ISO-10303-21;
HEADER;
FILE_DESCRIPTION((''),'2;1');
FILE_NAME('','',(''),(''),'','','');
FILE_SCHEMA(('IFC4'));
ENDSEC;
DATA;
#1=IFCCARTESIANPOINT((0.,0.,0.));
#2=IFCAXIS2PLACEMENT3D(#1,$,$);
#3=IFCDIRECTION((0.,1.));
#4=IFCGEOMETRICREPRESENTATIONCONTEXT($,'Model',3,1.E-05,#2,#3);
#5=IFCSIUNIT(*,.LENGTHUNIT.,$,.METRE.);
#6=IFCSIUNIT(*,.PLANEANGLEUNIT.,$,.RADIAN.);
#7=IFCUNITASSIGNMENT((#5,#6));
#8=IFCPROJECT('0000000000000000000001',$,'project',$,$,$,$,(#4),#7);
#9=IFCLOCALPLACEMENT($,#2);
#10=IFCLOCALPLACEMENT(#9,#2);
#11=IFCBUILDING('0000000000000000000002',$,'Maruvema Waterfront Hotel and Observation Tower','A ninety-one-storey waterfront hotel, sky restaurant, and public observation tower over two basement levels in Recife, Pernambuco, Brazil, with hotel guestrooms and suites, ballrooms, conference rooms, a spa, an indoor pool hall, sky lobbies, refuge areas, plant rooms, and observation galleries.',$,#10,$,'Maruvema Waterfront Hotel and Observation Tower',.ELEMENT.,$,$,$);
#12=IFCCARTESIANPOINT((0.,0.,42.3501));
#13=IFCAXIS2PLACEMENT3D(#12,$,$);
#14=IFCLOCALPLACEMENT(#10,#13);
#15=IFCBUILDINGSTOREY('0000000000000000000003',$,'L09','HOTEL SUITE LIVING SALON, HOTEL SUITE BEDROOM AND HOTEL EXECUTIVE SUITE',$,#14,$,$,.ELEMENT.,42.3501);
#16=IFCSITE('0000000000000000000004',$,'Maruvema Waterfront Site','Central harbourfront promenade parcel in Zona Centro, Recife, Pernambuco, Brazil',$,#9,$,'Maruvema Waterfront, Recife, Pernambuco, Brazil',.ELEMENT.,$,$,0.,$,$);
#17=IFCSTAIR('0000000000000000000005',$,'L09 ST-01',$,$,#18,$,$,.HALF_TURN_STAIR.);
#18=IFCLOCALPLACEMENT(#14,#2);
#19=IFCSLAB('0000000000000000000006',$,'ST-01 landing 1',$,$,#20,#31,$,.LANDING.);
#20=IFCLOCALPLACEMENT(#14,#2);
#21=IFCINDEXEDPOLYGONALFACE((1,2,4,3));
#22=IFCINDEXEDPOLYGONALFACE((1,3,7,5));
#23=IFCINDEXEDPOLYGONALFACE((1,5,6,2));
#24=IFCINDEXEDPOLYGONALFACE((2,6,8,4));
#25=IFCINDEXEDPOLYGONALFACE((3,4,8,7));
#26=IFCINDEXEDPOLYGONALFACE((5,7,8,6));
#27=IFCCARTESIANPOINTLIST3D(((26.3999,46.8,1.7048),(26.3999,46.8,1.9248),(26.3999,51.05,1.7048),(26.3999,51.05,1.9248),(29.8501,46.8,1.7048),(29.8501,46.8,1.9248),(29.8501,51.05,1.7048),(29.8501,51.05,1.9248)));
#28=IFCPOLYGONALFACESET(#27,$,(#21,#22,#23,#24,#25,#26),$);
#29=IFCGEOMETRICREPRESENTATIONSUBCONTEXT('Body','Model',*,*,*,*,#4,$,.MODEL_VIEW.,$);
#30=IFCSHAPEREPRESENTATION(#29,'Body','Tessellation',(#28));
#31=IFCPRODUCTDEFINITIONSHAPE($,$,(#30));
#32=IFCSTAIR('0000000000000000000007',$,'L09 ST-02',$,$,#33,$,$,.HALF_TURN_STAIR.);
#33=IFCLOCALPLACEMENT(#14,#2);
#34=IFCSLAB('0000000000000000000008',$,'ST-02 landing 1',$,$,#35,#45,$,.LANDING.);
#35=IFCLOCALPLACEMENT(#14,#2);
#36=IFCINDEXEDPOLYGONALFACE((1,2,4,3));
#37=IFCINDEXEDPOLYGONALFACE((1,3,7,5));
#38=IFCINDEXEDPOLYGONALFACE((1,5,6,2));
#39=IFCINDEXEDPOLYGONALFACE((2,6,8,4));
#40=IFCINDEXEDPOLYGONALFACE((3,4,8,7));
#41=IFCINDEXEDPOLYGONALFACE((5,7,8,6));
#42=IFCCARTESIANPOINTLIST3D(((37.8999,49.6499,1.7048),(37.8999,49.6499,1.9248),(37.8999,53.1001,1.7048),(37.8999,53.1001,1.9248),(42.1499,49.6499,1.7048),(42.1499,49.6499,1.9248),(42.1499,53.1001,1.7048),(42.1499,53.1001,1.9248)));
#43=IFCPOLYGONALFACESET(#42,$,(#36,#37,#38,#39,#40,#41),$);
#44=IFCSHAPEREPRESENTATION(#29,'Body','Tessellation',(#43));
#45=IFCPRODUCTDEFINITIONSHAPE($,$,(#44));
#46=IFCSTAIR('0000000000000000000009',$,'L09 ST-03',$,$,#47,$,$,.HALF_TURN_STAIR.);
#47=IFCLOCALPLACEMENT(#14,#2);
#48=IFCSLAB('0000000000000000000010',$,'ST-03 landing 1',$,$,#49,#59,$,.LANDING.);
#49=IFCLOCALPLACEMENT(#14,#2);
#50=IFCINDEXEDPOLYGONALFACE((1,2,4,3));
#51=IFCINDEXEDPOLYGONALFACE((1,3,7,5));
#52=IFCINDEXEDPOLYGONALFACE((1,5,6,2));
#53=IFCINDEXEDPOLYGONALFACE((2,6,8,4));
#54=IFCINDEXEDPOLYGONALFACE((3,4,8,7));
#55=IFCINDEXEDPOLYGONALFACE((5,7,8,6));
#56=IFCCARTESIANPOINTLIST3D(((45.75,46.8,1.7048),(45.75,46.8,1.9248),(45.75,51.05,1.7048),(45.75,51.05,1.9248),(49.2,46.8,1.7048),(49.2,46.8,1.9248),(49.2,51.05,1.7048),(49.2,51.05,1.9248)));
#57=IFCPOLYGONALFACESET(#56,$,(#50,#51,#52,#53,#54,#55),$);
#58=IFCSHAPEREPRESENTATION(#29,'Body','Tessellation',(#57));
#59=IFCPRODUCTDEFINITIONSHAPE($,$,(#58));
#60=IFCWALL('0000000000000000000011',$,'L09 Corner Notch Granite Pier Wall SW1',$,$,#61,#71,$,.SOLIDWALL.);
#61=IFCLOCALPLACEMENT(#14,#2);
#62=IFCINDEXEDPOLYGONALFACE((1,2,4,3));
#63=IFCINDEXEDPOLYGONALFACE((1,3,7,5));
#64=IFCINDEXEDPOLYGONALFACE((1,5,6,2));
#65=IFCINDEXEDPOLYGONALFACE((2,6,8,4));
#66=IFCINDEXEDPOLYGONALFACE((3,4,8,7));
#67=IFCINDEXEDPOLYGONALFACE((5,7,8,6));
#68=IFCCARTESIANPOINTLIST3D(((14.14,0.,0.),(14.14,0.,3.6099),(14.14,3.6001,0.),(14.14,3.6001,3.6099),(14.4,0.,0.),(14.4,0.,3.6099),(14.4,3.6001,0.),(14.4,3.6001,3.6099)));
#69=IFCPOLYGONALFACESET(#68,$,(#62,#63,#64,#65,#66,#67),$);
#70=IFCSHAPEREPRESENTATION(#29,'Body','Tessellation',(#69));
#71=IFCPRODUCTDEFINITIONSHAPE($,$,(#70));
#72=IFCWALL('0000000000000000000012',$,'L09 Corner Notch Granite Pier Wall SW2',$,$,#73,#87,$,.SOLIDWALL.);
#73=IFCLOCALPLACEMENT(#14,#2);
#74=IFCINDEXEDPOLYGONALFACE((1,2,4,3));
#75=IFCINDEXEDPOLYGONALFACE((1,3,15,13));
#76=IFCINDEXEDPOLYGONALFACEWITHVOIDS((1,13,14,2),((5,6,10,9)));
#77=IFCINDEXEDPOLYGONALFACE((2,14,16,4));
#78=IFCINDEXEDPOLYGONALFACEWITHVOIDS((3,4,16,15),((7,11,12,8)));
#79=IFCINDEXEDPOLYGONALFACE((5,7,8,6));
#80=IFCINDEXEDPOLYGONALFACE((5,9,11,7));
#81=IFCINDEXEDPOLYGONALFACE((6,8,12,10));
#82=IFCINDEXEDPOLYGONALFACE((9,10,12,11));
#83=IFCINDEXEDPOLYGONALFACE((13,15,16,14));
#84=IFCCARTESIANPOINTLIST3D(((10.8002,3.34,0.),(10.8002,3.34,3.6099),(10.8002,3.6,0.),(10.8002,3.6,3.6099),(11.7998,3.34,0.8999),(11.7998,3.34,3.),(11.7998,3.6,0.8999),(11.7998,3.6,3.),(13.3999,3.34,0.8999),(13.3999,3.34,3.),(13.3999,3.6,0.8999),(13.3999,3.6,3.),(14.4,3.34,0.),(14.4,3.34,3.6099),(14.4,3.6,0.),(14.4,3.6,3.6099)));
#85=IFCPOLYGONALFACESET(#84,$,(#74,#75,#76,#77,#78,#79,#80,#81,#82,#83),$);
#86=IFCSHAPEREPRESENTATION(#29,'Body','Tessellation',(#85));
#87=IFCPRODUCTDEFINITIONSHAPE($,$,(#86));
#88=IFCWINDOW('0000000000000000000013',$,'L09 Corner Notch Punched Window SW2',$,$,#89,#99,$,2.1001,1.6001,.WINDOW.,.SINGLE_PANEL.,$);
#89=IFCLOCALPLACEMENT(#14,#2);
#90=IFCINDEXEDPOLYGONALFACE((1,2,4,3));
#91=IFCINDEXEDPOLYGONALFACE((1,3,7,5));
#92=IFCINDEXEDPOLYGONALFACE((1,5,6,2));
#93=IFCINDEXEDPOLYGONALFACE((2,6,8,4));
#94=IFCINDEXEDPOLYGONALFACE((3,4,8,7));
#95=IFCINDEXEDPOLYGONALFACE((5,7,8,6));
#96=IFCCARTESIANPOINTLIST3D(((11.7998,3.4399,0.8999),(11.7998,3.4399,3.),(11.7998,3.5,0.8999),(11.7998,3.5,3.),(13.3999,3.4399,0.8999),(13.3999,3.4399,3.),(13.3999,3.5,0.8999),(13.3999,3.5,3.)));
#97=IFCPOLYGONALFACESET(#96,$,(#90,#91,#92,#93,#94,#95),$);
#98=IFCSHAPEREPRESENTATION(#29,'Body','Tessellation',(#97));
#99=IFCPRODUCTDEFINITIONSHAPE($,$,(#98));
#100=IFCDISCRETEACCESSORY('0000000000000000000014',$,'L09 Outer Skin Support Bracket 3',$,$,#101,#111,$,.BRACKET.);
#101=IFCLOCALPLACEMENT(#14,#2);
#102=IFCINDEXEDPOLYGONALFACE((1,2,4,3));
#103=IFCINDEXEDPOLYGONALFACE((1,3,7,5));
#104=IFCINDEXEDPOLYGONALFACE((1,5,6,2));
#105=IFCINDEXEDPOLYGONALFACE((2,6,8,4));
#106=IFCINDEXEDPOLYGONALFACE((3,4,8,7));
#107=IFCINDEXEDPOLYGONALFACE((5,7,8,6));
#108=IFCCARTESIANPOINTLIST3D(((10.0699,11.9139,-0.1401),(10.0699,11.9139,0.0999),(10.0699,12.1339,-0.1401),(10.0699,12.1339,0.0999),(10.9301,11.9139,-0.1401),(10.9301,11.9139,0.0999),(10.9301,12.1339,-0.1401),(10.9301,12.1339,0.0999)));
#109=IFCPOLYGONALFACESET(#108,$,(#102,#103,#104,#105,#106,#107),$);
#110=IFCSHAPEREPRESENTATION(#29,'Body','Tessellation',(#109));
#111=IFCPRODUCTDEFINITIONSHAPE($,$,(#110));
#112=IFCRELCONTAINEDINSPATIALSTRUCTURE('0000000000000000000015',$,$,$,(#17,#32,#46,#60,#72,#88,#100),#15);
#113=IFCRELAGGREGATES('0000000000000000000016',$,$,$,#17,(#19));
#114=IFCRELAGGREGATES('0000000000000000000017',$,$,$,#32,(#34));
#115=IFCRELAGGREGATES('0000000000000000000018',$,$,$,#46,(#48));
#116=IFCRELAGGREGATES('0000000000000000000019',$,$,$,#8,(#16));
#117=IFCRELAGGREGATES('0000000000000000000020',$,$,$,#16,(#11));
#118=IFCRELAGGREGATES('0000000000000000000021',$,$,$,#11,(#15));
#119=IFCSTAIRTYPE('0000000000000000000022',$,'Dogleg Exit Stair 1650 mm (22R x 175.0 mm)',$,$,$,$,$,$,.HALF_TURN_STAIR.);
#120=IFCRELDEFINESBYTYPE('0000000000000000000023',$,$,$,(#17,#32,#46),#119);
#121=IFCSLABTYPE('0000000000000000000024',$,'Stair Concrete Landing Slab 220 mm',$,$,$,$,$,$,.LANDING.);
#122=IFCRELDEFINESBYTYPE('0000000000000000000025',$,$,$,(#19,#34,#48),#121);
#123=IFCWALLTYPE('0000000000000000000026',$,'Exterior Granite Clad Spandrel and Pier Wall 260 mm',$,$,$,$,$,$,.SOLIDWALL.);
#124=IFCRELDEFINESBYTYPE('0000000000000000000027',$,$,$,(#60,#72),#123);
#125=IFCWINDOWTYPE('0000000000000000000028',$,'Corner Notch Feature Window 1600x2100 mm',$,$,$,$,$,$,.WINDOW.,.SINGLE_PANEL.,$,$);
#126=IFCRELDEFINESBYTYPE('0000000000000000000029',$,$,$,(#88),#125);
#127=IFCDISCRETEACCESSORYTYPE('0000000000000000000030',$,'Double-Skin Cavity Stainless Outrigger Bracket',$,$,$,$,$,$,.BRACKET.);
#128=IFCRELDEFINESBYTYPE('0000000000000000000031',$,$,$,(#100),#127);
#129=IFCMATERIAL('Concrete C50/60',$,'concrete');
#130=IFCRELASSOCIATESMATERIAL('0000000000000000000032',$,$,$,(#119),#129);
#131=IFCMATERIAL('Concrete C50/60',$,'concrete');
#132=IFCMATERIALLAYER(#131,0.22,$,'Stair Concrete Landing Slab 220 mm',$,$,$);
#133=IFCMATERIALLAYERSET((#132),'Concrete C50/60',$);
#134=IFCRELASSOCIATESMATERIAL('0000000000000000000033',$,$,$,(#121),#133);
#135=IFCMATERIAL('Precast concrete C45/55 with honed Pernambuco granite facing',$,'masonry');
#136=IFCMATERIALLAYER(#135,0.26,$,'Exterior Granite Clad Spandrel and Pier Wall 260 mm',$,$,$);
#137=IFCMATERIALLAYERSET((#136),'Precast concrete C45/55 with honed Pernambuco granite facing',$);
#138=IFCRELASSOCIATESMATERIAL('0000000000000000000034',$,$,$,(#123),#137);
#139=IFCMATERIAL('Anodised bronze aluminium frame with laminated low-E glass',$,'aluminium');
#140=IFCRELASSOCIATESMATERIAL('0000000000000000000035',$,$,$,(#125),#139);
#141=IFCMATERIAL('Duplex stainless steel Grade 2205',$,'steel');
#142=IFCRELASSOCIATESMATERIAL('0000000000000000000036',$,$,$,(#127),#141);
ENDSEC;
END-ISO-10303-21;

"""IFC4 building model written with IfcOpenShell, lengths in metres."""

from ifc_helpers import new_model, si_unit, direction, frame, frame_2d, origin, origin_2d, place, context, subcontext, project, spatial, polyline, rectangle, outline, extrude, material, layer, layer_set, type_object, element, fill, aggregate, save


model = new_model("IFC4")

# Units and contexts
model_context = context("Model", 3, precision=1e-05, world=origin(), true_north=direction((0.0, 1.0)))
body_context = subcontext(model_context, "Body", "Model", "MODEL_VIEW")
ifc_project = project(units=[si_unit("LENGTHUNIT", "METRE"), si_unit("PLANEANGLEUNIT", "RADIAN")], contexts=[model_context])

# Site, building, storey
site_placement = place(None, origin())
site = spatial("IfcSite", under=ifc_project, at=site_placement, Name="Maruvema Waterfront Site", Description="Central harbourfront promenade parcel in Zona Centro, Recife, Pernambuco, Brazil", LongName="Maruvema Waterfront, Recife, Pernambuco, Brazil", CompositionType="ELEMENT", RefElevation=0.0)
building_placement = place(site_placement, origin())
building = spatial("IfcBuilding", under=site, at=building_placement, Name="Maruvema Waterfront Hotel and Observation Tower", Description="A ninety-one-storey waterfront hotel, sky restaurant, and public observation tower over two basement levels in Recife, Pernambuco, Brazil, with hotel guestrooms and suites, ballrooms, conference rooms, a spa, an indoor pool hall, sky lobbies, refuge areas, plant rooms, and observation galleries.", LongName="Maruvema Waterfront Hotel and Observation Tower", CompositionType="ELEMENT")
storey_placement = place(building_placement, frame((0.0, 0.0, 42.3501)))
storey = spatial("IfcBuildingStorey", under=building, at=storey_placement, Name="L09", Description="HOTEL SUITE LIVING SALON, HOTEL SUITE BEDROOM AND HOTEL EXECUTIVE SUITE", CompositionType="ELEMENT", Elevation=42.3501)

# Stairs, slabs
ifc_material_1 = material(Name="Concrete C50/60", Category="concrete")
stair_type = type_object("IfcStairType", Name="Dogleg Exit Stair 1650 mm (22R x 175.0 mm)", PredefinedType="HALF_TURN_STAIR", material=ifc_material_1)
stair_1_placement = place(storey_placement, origin())
stair_1 = element("IfcStair", 1, at=stair_1_placement, inside=storey, type_object=stair_type, Name="L09 ST-01", PredefinedType="HALF_TURN_STAIR")
ifc_material_2 = material(Name="Concrete C50/60", Category="concrete")
ifc_layer_1 = layer(ifc_material_2, 0.22, Name="Stair Concrete Landing Slab 220 mm")
ifc_layer_set_1 = layer_set([ifc_layer_1], Name="Concrete C50/60")
slab_type_1 = type_object("IfcSlabType", Name="Stair Concrete Landing Slab 220 mm", PredefinedType="LANDING", material=ifc_layer_set_1)
slab_1_placement = place(storey_placement, frame((0.0, 0.0, 1.7048)))
slab_1 = element("IfcSlab", 2, at=slab_1_placement, type_object=slab_type_1, Name="ST-01 landing 1", PredefinedType="LANDING", context=body_context, shape_type="SweptSolid", body=[
    extrude(outline(polyline([(29.8501, 46.8), (29.8501, 51.05), (26.3999, 51.05), (26.3999, 46.8), (29.8501, 46.8)])), origin(), (0.0, 0.0, 1.0), 0.22),
])
aggregate(stair_1, [slab_1])
stair_2_placement = place(storey_placement, origin())
stair_2 = element("IfcStair", 3, at=stair_2_placement, inside=storey, type_object=stair_type, Name="L09 ST-02", PredefinedType="HALF_TURN_STAIR")
slab_2_placement = place(storey_placement, frame((0.0, 0.0, 1.7048)))
slab_2 = element("IfcSlab", 4, at=slab_2_placement, type_object=slab_type_1, Name="ST-02 landing 1", PredefinedType="LANDING", context=body_context, shape_type="SweptSolid", body=[
    extrude(outline(polyline([(37.8999, 49.6499), (42.1499, 49.6499), (42.1499, 53.1001), (37.8999, 53.1001), (37.8999, 49.6499)])), origin(), (0.0, 0.0, 1.0), 0.22),
])
aggregate(stair_2, [slab_2])
stair_3_placement = place(storey_placement, origin())
stair_3 = element("IfcStair", 5, at=stair_3_placement, inside=storey, type_object=stair_type, Name="L09 ST-03", PredefinedType="HALF_TURN_STAIR")
slab_3_placement = place(storey_placement, frame((0.0, 0.0, 1.7048)))
slab_3 = element("IfcSlab", 6, at=slab_3_placement, type_object=slab_type_1, Name="ST-03 landing 1", PredefinedType="LANDING", context=body_context, shape_type="SweptSolid", body=[
    extrude(outline(polyline([(49.2, 46.8), (49.2, 51.05), (45.75, 51.05), (45.75, 46.8), (49.2, 46.8)])), origin(), (0.0, 0.0, 1.0), 0.22),
])
aggregate(stair_3, [slab_3])

# Wall
ifc_material_3 = material(Name="Precast concrete C45/55 with honed Pernambuco granite facing", Category="masonry")
ifc_layer_2 = layer(ifc_material_3, 0.26, Name="Exterior Granite Clad Spandrel and Pier Wall 260 mm")
ifc_layer_set_2 = layer_set([ifc_layer_2], Name="Precast concrete C45/55 with honed Pernambuco granite facing")
wall_type = type_object("IfcWallType", Name="Exterior Granite Clad Spandrel and Pier Wall 260 mm", PredefinedType="SOLIDWALL", material=ifc_layer_set_2)
wall_1_placement = place(storey_placement, frame((14.27, 0.0, 0.0), z_axis=(0.0, 0.0, 1.0), x_axis=(0.0, 1.0, 0.0)))
element("IfcWall", 7, at=wall_1_placement, inside=storey, type_object=wall_type, Name="L09 Corner Notch Granite Pier Wall SW1", PredefinedType="SOLIDWALL", context=body_context, shape_type="SweptSolid", body=[
    extrude(rectangle(XDim=3.6001, YDim=0.26, at=frame_2d((1.8, 0.0))), origin(), (0.0, 0.0, 1.0), 3.6099),
])

# Wall, opening, window
wall_2_placement = place(storey_placement, frame((14.3999, 3.47, 0.0), z_axis=(0.0, 0.0, 1.0), x_axis=(-1.0, 0.0, 0.0)))
wall_2 = element("IfcWall", 8, at=wall_2_placement, inside=storey, type_object=wall_type, Name="L09 Corner Notch Granite Pier Wall SW2", PredefinedType="SOLIDWALL", context=body_context, shape_type="SweptSolid", body=[
    extrude(rectangle(XDim=3.5999, YDim=0.26, at=frame_2d((1.7998, 0.0))), origin(), (0.0, 0.0, 1.0), 3.6099),
])
opening_placement = place(wall_2_placement, frame((1.0, 0.0, 0.8999)))
opening = element("IfcOpeningElement", 9, at=opening_placement, cuts=wall_2, PredefinedType="OPENING", context=body_context, shape_type="SweptSolid", body=[
    extrude(rectangle(XDim=1.6001, YDim=2.1001, at=frame_2d((0.8, 1.05))), frame((0.0, 0.1401, 0.0), z_axis=(0.0, -1.0, 0.0), x_axis=(1.0, 0.0, 0.0)), (0.0, 0.0, 1.0), 0.28),
])
ifc_material_4 = material(Name="Anodised bronze aluminium frame with laminated low-E glass", Category="aluminium")
window_type = type_object("IfcWindowType", Name="Corner Notch Feature Window 1600x2100 mm", PartitioningType="SINGLE_PANEL", PredefinedType="WINDOW", material=ifc_material_4)
window_placement = place(opening_placement, origin())
window = element("IfcWindow", 10, at=window_placement, inside=storey, type_object=window_type, Name="L09 Corner Notch Punched Window SW2", OverallHeight=2.1001, OverallWidth=1.6001, PartitioningType="SINGLE_PANEL", PredefinedType="WINDOW", context=body_context, shape_type="SweptSolid", body=[
    extrude(rectangle(XDim=1.6001, YDim=2.1001, at=frame_2d((0.8, 1.05))), frame((0.0, 0.03, 0.0), z_axis=(0.0, -1.0, 0.0), x_axis=(1.0, 0.0, 0.0)), (0.0, 0.0, 1.0), 0.0601),
])
fill(opening, window)

# Discrete accessory
ifc_material_5 = material(Name="Duplex stainless steel Grade 2205", Category="steel")
discrete_accessory_type = type_object("IfcDiscreteAccessoryType", Name="Double-Skin Cavity Stainless Outrigger Bracket", PredefinedType="BRACKET", material=ifc_material_5)
discrete_accessory_placement = place(storey_placement, frame((10.5, 12.0239, -0.1401), z_axis=(0.0, 0.0, 1.0), x_axis=(0.0, -1.0, 0.0)))
element("IfcDiscreteAccessory", 11, at=discrete_accessory_placement, inside=storey, type_object=discrete_accessory_type, Name="L09 Outer Skin Support Bracket 3", PredefinedType="BRACKET", context=body_context, shape_type="SweptSolid", body=[
    extrude(rectangle(XDim=0.22, YDim=0.8601, at=origin_2d()), origin(), (0.0, 0.0, 1.0), 0.24),
])

save(model, "model.ifc")
